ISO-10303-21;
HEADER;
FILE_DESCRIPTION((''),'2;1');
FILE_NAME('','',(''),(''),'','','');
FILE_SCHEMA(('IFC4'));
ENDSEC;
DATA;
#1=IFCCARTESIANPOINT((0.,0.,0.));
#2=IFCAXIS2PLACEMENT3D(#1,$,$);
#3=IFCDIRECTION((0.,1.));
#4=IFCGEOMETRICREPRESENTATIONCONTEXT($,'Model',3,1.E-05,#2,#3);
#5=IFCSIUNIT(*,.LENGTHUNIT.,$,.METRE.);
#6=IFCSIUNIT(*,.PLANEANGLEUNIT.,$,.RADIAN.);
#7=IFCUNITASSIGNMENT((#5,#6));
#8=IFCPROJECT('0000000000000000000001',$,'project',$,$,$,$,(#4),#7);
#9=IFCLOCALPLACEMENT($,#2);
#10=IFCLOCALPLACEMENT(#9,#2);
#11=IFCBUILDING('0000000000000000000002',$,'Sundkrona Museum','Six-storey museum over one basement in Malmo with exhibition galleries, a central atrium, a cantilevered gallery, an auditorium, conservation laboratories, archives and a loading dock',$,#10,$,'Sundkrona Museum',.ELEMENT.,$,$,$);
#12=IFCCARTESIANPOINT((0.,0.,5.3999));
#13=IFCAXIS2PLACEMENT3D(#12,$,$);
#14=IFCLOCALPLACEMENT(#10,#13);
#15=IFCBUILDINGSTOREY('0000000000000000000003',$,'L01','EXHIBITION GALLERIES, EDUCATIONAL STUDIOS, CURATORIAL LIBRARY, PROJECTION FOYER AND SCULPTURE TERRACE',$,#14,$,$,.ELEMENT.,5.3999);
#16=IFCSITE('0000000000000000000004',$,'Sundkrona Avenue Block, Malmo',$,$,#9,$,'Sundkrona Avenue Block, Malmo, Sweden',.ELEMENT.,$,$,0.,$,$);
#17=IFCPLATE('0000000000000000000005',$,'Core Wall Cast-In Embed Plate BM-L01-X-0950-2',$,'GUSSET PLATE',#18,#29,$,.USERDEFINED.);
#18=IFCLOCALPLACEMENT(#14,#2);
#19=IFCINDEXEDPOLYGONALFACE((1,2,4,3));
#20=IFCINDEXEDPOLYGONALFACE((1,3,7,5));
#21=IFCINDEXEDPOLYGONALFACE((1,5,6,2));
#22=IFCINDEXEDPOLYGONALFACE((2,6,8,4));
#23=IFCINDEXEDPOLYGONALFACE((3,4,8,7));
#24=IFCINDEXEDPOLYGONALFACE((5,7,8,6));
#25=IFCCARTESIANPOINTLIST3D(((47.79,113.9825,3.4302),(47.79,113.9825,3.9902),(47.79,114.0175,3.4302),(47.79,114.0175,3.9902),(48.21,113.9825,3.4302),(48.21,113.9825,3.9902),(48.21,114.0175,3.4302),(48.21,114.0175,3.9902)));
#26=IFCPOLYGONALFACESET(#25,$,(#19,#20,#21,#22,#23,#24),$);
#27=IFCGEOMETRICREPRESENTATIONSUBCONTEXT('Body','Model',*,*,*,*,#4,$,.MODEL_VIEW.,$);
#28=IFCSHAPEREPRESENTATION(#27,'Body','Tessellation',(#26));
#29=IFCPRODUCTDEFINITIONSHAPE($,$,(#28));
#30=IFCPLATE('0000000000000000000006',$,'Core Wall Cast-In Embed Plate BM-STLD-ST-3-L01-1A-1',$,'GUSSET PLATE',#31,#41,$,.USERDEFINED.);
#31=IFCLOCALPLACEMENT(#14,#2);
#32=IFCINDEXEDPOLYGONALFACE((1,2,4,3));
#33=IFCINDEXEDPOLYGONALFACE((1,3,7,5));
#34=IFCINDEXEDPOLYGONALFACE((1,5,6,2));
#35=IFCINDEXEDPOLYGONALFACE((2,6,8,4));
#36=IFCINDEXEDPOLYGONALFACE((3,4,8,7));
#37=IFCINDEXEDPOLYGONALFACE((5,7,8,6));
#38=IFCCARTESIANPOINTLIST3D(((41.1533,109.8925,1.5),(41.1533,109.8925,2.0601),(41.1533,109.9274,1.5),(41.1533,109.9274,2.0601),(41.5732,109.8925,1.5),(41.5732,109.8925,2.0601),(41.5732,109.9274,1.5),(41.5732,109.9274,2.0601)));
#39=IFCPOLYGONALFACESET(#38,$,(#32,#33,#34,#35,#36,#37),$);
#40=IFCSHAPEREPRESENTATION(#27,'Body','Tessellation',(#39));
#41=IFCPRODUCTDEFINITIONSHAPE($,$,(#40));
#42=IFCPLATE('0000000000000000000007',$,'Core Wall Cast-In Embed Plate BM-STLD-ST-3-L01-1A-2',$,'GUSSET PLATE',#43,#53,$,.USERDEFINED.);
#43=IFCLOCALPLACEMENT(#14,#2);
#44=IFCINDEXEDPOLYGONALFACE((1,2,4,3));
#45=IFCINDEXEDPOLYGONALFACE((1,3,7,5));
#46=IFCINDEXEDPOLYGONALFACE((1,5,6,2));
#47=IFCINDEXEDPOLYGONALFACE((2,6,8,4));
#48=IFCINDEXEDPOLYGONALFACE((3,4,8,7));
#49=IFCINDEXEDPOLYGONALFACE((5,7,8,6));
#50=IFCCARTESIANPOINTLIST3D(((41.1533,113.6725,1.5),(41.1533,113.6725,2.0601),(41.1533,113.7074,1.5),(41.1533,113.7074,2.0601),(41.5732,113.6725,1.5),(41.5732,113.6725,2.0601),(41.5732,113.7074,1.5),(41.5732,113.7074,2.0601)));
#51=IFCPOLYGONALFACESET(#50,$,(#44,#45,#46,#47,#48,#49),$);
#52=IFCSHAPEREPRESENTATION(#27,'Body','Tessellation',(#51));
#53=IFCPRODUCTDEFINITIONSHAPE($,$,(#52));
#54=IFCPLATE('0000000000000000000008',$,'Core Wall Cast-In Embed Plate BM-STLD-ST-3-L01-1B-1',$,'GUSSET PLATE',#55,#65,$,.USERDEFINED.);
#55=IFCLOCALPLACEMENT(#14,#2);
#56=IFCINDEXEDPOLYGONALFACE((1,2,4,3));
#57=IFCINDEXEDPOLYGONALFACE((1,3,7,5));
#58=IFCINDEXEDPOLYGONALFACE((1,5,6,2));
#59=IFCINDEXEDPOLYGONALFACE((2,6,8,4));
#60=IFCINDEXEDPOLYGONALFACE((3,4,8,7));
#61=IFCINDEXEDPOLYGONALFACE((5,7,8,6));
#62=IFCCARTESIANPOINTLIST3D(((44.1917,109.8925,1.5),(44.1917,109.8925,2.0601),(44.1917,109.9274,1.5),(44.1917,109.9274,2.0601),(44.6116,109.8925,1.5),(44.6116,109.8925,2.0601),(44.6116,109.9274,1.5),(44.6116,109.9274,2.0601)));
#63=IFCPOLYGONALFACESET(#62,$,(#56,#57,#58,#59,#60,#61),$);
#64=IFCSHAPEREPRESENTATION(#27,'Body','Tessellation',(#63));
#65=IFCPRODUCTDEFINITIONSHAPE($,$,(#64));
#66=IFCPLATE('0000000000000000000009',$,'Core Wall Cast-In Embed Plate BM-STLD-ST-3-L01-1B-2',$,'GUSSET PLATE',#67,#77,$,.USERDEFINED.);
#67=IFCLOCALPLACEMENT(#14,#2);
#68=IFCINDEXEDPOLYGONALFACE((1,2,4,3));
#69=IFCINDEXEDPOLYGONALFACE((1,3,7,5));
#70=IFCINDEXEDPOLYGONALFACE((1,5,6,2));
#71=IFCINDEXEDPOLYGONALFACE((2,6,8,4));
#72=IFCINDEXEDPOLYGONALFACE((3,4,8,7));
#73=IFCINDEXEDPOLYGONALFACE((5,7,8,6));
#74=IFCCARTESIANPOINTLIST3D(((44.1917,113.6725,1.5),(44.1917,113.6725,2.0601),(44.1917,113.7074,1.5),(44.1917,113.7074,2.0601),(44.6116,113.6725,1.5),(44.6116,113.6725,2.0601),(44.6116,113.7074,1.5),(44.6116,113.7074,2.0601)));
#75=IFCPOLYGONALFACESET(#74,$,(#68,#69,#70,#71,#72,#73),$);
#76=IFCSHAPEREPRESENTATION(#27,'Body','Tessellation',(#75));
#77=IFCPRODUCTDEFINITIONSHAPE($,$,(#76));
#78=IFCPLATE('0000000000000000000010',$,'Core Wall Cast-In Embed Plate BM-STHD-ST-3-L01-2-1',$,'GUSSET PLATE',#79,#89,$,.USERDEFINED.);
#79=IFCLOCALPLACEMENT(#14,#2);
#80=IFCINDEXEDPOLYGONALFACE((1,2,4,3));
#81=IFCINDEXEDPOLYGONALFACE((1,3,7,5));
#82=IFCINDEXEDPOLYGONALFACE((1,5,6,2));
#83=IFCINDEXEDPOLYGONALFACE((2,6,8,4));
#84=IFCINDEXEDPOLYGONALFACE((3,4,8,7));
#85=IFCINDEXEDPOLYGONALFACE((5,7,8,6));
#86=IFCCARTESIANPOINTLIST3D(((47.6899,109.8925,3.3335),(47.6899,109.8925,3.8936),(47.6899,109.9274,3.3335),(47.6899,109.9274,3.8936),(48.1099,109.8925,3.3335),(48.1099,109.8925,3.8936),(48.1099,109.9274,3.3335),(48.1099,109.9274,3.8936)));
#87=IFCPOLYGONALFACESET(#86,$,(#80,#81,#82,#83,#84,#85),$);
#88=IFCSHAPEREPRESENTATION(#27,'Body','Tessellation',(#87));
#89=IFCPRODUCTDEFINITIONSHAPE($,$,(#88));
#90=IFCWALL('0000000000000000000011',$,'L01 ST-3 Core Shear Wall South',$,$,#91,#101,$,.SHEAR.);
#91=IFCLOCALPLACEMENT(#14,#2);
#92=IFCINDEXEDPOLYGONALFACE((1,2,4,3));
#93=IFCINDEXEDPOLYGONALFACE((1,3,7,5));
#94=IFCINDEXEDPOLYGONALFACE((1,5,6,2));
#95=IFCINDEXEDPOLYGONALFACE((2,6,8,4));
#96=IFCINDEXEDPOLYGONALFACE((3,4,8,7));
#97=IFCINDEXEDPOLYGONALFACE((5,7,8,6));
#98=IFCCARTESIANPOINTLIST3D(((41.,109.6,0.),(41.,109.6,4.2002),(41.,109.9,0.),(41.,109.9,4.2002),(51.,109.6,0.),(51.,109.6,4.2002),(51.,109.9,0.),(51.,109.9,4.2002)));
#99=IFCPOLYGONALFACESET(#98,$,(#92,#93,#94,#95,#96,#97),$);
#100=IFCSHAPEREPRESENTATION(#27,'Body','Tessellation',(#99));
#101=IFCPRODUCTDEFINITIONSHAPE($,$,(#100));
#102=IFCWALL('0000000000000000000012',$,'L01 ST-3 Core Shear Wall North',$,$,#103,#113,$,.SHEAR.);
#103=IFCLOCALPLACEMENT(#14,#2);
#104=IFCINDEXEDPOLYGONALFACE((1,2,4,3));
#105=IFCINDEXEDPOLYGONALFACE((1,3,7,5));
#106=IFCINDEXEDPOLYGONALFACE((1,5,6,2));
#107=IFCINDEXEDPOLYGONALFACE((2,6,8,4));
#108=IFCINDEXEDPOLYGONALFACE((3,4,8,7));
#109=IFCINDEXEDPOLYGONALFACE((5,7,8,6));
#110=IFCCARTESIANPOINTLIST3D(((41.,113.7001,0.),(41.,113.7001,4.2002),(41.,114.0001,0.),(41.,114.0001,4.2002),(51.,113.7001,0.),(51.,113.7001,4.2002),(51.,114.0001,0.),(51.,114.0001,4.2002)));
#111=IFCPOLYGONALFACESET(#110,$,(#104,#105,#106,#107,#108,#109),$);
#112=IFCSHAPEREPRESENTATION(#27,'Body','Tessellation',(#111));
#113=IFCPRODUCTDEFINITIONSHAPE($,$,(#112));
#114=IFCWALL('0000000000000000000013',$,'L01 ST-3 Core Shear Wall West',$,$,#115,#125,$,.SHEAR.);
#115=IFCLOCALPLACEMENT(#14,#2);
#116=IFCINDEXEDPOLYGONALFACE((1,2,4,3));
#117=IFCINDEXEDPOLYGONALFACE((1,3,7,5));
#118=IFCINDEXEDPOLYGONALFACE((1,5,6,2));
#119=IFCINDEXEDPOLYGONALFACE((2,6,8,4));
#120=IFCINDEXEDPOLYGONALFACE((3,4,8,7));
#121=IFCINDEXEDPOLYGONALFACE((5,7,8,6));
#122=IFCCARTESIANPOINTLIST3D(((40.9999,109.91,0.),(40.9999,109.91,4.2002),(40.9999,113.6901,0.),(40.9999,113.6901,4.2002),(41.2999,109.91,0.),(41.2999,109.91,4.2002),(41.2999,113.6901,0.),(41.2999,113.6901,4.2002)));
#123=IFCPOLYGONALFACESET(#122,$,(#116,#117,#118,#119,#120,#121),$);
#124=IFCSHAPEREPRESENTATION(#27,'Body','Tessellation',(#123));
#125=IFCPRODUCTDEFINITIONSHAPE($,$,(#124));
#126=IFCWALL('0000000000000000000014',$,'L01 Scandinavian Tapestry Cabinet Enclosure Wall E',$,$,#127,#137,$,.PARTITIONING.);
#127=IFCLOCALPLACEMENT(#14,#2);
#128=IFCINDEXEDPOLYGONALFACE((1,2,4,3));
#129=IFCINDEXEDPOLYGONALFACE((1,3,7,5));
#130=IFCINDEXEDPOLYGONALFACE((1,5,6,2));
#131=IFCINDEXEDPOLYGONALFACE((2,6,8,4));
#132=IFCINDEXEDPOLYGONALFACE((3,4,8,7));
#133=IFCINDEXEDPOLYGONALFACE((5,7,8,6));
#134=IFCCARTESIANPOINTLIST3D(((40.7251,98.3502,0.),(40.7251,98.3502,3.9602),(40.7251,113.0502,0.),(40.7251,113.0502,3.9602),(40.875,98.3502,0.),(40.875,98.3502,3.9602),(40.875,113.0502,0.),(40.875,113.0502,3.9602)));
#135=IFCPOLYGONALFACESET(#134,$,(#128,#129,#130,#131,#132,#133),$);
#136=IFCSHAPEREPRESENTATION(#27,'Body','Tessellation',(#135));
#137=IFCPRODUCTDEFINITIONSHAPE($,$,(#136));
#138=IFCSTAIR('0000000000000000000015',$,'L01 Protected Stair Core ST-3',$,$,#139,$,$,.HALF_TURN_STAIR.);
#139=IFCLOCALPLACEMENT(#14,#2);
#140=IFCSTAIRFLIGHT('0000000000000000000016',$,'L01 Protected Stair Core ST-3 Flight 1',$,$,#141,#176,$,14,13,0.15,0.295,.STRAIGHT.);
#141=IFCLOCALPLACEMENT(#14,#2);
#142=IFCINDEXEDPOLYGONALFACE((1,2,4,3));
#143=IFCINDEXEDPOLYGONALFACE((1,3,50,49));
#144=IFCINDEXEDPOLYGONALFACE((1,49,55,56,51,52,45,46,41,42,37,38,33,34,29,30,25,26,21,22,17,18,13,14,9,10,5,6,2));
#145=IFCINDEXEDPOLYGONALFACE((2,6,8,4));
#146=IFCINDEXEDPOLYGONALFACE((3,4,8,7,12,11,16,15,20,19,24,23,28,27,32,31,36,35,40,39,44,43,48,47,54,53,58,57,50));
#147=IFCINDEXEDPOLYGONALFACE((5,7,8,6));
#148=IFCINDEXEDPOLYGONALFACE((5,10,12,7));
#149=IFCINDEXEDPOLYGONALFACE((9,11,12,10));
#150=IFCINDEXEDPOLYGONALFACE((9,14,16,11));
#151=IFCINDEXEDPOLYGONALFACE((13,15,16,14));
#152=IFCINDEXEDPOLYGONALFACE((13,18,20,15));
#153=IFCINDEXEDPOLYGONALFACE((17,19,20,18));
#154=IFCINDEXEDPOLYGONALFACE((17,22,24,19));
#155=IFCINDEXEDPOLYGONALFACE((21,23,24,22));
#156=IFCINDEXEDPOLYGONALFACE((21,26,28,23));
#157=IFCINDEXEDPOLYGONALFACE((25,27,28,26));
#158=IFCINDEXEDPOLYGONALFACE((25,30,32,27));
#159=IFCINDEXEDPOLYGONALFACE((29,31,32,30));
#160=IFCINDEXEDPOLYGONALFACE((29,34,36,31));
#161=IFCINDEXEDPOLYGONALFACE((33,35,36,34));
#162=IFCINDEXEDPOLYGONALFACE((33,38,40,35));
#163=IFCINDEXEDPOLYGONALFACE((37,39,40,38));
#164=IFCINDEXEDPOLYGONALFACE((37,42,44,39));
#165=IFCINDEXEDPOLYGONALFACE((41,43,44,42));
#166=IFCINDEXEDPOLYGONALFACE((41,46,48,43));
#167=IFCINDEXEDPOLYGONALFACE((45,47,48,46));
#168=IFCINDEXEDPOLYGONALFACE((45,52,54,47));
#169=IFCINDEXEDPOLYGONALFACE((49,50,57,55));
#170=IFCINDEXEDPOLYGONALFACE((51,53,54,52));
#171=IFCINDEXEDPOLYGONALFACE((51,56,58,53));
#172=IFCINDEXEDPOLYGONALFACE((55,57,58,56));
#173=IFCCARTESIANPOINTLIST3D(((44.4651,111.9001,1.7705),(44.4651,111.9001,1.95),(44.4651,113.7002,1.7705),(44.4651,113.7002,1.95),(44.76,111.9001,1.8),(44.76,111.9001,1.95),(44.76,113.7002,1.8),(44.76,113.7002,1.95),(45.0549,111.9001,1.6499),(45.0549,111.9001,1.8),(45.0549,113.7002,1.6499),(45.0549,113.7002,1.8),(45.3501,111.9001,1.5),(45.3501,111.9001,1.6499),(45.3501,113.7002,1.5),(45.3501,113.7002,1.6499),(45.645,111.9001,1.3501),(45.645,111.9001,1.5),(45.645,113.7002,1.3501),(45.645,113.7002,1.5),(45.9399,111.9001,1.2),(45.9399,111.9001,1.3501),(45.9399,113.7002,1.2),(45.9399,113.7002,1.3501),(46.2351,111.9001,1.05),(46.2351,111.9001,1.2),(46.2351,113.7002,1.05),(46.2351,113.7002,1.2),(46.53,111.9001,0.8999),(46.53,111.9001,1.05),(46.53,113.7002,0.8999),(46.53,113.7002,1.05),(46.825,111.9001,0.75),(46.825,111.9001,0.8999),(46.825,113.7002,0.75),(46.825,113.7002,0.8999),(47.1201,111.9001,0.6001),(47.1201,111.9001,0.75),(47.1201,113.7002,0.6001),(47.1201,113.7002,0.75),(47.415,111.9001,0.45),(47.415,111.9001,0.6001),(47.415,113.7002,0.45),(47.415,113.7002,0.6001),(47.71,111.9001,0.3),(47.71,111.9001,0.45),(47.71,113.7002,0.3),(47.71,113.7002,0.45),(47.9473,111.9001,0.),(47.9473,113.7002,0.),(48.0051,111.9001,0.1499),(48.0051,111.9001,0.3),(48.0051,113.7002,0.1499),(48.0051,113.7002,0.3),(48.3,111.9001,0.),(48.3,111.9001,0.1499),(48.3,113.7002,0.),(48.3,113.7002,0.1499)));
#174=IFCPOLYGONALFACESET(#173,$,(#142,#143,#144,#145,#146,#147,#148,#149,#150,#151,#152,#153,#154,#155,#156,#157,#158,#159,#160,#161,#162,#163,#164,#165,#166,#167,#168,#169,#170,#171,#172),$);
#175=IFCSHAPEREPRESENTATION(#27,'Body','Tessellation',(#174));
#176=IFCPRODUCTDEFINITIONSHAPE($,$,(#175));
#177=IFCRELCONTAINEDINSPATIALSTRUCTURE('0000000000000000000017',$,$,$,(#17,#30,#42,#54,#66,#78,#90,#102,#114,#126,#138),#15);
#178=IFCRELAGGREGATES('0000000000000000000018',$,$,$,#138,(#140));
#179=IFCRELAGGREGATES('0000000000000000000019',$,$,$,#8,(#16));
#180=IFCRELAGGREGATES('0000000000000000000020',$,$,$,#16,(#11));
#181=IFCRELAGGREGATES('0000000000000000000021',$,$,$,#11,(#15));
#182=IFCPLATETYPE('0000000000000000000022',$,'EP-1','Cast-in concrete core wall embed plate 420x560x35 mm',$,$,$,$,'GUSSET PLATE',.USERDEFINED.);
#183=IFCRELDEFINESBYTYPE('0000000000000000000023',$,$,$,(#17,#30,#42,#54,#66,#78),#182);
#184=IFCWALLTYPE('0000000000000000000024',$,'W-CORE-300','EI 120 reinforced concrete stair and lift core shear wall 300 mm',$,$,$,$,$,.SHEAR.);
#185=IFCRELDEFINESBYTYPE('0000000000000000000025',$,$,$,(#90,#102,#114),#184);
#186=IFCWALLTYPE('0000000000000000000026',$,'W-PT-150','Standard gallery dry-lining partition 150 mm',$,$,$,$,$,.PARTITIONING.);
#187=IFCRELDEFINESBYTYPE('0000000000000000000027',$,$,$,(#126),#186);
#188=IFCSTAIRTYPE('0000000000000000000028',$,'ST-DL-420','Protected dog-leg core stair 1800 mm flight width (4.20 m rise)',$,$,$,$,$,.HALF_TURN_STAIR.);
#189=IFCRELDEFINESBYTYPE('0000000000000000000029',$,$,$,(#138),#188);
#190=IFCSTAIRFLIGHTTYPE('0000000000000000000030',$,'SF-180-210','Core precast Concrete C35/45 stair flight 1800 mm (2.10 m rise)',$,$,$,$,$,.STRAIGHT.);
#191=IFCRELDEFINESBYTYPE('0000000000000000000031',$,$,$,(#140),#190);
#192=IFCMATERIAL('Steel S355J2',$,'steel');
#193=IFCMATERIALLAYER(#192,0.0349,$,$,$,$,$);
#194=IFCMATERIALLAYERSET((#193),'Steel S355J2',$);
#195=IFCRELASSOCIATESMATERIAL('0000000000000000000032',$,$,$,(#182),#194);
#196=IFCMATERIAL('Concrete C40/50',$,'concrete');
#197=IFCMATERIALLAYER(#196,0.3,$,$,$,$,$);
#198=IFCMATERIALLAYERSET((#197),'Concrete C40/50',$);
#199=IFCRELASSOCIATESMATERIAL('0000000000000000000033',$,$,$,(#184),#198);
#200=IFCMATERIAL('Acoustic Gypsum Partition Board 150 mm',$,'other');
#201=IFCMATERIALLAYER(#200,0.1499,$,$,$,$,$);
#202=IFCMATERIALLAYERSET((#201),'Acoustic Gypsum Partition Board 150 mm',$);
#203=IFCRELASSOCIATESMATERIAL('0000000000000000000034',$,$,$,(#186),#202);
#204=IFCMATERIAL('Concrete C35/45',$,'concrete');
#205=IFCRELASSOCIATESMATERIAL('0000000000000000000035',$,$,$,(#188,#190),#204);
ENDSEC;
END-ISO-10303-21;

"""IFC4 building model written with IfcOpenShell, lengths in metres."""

from ifc_helpers import new_model, si_unit, direction, frame, frame_2d, origin, origin_2d, place, context, subcontext, project, spatial, polyline, rectangle, outline, extrude, material, layer, layer_set, type_object, element, aggregate, save


model = new_model("IFC4")

# Units and contexts
model_context = context("Model", 3, precision=1e-05, world=origin(), true_north=direction((0.0, 1.0)))
body_context = subcontext(model_context, "Body", "Model", "MODEL_VIEW")
ifc_project = project(units=[si_unit("LENGTHUNIT", "METRE"), si_unit("PLANEANGLEUNIT", "RADIAN")], contexts=[model_context])

# Site, building, storey
site_placement = place(None, origin())
site = spatial("IfcSite", under=ifc_project, at=site_placement, Name="Sundkrona Avenue Block, Malmo", LongName="Sundkrona Avenue Block, Malmo, Sweden", CompositionType="ELEMENT", RefElevation=0.0)
building_placement = place(site_placement, origin())
building = spatial("IfcBuilding", under=site, at=building_placement, Name="Sundkrona Museum", Description="Six-storey museum over one basement in Malmo with exhibition galleries, a central atrium, a cantilevered gallery, an auditorium, conservation laboratories, archives and a loading dock", LongName="Sundkrona Museum", CompositionType="ELEMENT")
storey_placement = place(building_placement, frame((0.0, 0.0, 5.3999)))
storey = spatial("IfcBuildingStorey", under=building, at=storey_placement, Name="L01", Description="EXHIBITION GALLERIES, EDUCATIONAL STUDIOS, CURATORIAL LIBRARY, PROJECTION FOYER AND SCULPTURE TERRACE", CompositionType="ELEMENT", Elevation=5.3999)

# Shared definitions
ifc_material_1 = material(Name="Steel S355J2", Category="steel")

# Plates
ifc_layer_1 = layer(ifc_material_1, 0.0349)
ifc_layer_set_1 = layer_set([ifc_layer_1], Name="Steel S355J2")
plate_type = type_object("IfcPlateType", Name="EP-1", Description="Cast-in concrete core wall embed plate 420x560x35 mm", ElementType="GUSSET PLATE", PredefinedType="USERDEFINED", material=ifc_layer_set_1)
for number, where, z_axis, x_axis, name in (
    (1, (48.0, 114.0, 3.4302), (0.0, 0.0, 1.0), (1.0, 0.0, 0.0), "Core Wall Cast-In Embed Plate BM-L01-X-0950-2"),
    (2, (41.3633, 109.9099, 1.5), (0.0, 0.0, 1.0), (1.0, 0.0, 0.0), "Core Wall Cast-In Embed Plate BM-STLD-ST-3-L01-1A-1"),
    (3, (41.3633, 113.6899, 1.5), (0.0, 0.0, 1.0), (1.0, 0.0, 0.0), "Core Wall Cast-In Embed Plate BM-STLD-ST-3-L01-1A-2"),
    (4, (44.4016, 109.9099, 1.5), (0.0, 0.0, 1.0), (1.0, 0.0, 0.0), "Core Wall Cast-In Embed Plate BM-STLD-ST-3-L01-1B-1"),
    (5, (44.4016, 113.6899, 1.5), (0.0, 0.0, 1.0), (1.0, 0.0, 0.0), "Core Wall Cast-In Embed Plate BM-STLD-ST-3-L01-1B-2"),
    (6, (47.8999, 109.9099, 3.3335), (0.0, 0.0, 1.0), (1.0, 0.0, 0.0), "Core Wall Cast-In Embed Plate BM-STHD-ST-3-L01-2-1"),
):
    element("IfcPlate", number, at=place(storey_placement, frame(where, z_axis=z_axis, x_axis=x_axis)), inside=storey, type_object=plate_type, Name=name, ObjectType="GUSSET PLATE", PredefinedType="USERDEFINED", context=body_context, shape_type="SweptSolid", body=[
        extrude(rectangle(XDim=0.4199, YDim=0.0349, at=origin_2d()), origin(), (0.0, 0.0, 1.0), 0.5601),
    ])

# Walls
ifc_material_2 = material(Name="Concrete C40/50", Category="concrete")
ifc_layer_2 = layer(ifc_material_2, 0.3)
ifc_layer_set_2 = layer_set([ifc_layer_2], Name="Concrete C40/50")
wall_type_1 = type_object("IfcWallType", Name="W-CORE-300", Description="EI 120 reinforced concrete stair and lift core shear wall 300 mm", PredefinedType="SHEAR", material=ifc_layer_set_2)
for number, where, z_axis, x_axis, name in (
    (7, (41.0, 109.75, 0.0), (0.0, 0.0, 1.0), (1.0, 0.0, 0.0), "L01 ST-3 Core Shear Wall South"),
    (8, (41.0, 113.8501, 0.0), (0.0, 0.0, 1.0), (1.0, 0.0, 0.0), "L01 ST-3 Core Shear Wall North"),
):
    element("IfcWall", number, at=place(storey_placement, frame(where, z_axis=z_axis, x_axis=x_axis)), inside=storey, type_object=wall_type_1, Name=name, PredefinedType="SHEAR", context=body_context, shape_type="SweptSolid", body=[
        extrude(rectangle(XDim=10.0, YDim=0.3, at=frame_2d((5.0, 0.0))), origin(), (0.0, 0.0, 1.0), 4.2002),
    ])
wall_1_placement = place(storey_placement, frame((41.1499, 109.9099, 0.0), z_axis=(0.0, 0.0, 1.0), x_axis=(0.0, 1.0, 0.0)))
element("IfcWall", 9, at=wall_1_placement, inside=storey, type_object=wall_type_1, Name="L01 ST-3 Core Shear Wall West", PredefinedType="SHEAR", context=body_context, shape_type="SweptSolid", body=[
    extrude(rectangle(XDim=3.78, YDim=0.3, at=frame_2d((1.8901, 0.0))), origin(), (0.0, 0.0, 1.0), 4.2002),
])
ifc_material_3 = material(Name="Acoustic Gypsum Partition Board 150 mm", Category="other")
ifc_layer_3 = layer(ifc_material_3, 0.1499)
ifc_layer_set_3 = layer_set([ifc_layer_3], Name="Acoustic Gypsum Partition Board 150 mm")
wall_type_2 = type_object("IfcWallType", Name="W-PT-150", Description="Standard gallery dry-lining partition 150 mm", PredefinedType="PARTITIONING", material=ifc_layer_set_3)
wall_2_placement = place(storey_placement, frame((40.8, 98.3501, 0.0), z_axis=(0.0, 0.0, 1.0), x_axis=(0.0, 1.0, 0.0)))
element("IfcWall", 10, at=wall_2_placement, inside=storey, type_object=wall_type_2, Name="L01 Scandinavian Tapestry Cabinet Enclosure Wall E", PredefinedType="PARTITIONING", context=body_context, shape_type="SweptSolid", body=[
    extrude(rectangle(XDim=14.7, YDim=0.1499, at=frame_2d((7.3501, 0.0))), origin(), (0.0, 0.0, 1.0), 3.9602),
])

# Stair, stair flight
ifc_material_4 = material(Name="Concrete C35/45", Category="concrete")
stair_type = type_object("IfcStairType", Name="ST-DL-420", Description="Protected dog-leg core stair 1800 mm flight width (4.20 m rise)", PredefinedType="HALF_TURN_STAIR", material=ifc_material_4)
stair_placement = place(storey_placement, origin())
stair = element("IfcStair", 11, at=stair_placement, inside=storey, type_object=stair_type, Name="L01 Protected Stair Core ST-3", PredefinedType="HALF_TURN_STAIR")
stair_flight_type = type_object("IfcStairFlightType", Name="SF-180-210", Description="Core precast Concrete C35/45 stair flight 1800 mm (2.10 m rise)", PredefinedType="STRAIGHT", material=ifc_material_4)
stair_flight_1_placement = place(storey_placement, frame((48.3, 112.8, 0.0), z_axis=(0.0, 0.0, 1.0), x_axis=(-1.0, 0.0, 0.0)))
stair_flight_1 = element("IfcStairFlight", 12, at=stair_flight_1_placement, type_object=stair_flight_type, Name="L01 Protected Stair Core ST-3 Flight 1", NumberOfRisers=14, NumberOfTreads=13, PredefinedType="STRAIGHT", RiserHeight=0.15, TreadLength=0.295, context=body_context, shape_type="SweptSolid", body=[
    extrude(outline(polyline([(0.0, 0.0), (0.0, 0.1499), (0.2949, 0.1499), (0.2949, 0.3), (0.5901, 0.3), (0.5901, 0.45), (0.885, 0.45), (0.885, 0.6001), (1.1799, 0.6001), (1.1799, 0.75), (1.4751, 0.75), (1.4751, 0.8999), (1.77, 0.8999), (1.77, 1.05), (2.0649, 1.05), (2.0649, 1.2), (2.3601, 1.2), (2.3601, 1.3501), (2.655, 1.3501), (2.655, 1.5), (2.95, 1.5), (2.95, 1.6499), (3.2451, 1.6499), (3.2451, 1.8), (3.54, 1.8), (3.54, 1.95), (3.835, 1.95), (3.835, 2.1001), (3.835, 1.7705), (0.3528, 0.0), (0.0, 0.0)])), frame((0.0, 0.8999, 0.0), z_axis=(0.0, -1.0, 0.0), x_axis=(1.0, 0.0, 0.0)), (0.0, 0.0, 1.0), 1.8),
])
aggregate(stair, [stair_flight_1])

save(model, "model.ifc")
